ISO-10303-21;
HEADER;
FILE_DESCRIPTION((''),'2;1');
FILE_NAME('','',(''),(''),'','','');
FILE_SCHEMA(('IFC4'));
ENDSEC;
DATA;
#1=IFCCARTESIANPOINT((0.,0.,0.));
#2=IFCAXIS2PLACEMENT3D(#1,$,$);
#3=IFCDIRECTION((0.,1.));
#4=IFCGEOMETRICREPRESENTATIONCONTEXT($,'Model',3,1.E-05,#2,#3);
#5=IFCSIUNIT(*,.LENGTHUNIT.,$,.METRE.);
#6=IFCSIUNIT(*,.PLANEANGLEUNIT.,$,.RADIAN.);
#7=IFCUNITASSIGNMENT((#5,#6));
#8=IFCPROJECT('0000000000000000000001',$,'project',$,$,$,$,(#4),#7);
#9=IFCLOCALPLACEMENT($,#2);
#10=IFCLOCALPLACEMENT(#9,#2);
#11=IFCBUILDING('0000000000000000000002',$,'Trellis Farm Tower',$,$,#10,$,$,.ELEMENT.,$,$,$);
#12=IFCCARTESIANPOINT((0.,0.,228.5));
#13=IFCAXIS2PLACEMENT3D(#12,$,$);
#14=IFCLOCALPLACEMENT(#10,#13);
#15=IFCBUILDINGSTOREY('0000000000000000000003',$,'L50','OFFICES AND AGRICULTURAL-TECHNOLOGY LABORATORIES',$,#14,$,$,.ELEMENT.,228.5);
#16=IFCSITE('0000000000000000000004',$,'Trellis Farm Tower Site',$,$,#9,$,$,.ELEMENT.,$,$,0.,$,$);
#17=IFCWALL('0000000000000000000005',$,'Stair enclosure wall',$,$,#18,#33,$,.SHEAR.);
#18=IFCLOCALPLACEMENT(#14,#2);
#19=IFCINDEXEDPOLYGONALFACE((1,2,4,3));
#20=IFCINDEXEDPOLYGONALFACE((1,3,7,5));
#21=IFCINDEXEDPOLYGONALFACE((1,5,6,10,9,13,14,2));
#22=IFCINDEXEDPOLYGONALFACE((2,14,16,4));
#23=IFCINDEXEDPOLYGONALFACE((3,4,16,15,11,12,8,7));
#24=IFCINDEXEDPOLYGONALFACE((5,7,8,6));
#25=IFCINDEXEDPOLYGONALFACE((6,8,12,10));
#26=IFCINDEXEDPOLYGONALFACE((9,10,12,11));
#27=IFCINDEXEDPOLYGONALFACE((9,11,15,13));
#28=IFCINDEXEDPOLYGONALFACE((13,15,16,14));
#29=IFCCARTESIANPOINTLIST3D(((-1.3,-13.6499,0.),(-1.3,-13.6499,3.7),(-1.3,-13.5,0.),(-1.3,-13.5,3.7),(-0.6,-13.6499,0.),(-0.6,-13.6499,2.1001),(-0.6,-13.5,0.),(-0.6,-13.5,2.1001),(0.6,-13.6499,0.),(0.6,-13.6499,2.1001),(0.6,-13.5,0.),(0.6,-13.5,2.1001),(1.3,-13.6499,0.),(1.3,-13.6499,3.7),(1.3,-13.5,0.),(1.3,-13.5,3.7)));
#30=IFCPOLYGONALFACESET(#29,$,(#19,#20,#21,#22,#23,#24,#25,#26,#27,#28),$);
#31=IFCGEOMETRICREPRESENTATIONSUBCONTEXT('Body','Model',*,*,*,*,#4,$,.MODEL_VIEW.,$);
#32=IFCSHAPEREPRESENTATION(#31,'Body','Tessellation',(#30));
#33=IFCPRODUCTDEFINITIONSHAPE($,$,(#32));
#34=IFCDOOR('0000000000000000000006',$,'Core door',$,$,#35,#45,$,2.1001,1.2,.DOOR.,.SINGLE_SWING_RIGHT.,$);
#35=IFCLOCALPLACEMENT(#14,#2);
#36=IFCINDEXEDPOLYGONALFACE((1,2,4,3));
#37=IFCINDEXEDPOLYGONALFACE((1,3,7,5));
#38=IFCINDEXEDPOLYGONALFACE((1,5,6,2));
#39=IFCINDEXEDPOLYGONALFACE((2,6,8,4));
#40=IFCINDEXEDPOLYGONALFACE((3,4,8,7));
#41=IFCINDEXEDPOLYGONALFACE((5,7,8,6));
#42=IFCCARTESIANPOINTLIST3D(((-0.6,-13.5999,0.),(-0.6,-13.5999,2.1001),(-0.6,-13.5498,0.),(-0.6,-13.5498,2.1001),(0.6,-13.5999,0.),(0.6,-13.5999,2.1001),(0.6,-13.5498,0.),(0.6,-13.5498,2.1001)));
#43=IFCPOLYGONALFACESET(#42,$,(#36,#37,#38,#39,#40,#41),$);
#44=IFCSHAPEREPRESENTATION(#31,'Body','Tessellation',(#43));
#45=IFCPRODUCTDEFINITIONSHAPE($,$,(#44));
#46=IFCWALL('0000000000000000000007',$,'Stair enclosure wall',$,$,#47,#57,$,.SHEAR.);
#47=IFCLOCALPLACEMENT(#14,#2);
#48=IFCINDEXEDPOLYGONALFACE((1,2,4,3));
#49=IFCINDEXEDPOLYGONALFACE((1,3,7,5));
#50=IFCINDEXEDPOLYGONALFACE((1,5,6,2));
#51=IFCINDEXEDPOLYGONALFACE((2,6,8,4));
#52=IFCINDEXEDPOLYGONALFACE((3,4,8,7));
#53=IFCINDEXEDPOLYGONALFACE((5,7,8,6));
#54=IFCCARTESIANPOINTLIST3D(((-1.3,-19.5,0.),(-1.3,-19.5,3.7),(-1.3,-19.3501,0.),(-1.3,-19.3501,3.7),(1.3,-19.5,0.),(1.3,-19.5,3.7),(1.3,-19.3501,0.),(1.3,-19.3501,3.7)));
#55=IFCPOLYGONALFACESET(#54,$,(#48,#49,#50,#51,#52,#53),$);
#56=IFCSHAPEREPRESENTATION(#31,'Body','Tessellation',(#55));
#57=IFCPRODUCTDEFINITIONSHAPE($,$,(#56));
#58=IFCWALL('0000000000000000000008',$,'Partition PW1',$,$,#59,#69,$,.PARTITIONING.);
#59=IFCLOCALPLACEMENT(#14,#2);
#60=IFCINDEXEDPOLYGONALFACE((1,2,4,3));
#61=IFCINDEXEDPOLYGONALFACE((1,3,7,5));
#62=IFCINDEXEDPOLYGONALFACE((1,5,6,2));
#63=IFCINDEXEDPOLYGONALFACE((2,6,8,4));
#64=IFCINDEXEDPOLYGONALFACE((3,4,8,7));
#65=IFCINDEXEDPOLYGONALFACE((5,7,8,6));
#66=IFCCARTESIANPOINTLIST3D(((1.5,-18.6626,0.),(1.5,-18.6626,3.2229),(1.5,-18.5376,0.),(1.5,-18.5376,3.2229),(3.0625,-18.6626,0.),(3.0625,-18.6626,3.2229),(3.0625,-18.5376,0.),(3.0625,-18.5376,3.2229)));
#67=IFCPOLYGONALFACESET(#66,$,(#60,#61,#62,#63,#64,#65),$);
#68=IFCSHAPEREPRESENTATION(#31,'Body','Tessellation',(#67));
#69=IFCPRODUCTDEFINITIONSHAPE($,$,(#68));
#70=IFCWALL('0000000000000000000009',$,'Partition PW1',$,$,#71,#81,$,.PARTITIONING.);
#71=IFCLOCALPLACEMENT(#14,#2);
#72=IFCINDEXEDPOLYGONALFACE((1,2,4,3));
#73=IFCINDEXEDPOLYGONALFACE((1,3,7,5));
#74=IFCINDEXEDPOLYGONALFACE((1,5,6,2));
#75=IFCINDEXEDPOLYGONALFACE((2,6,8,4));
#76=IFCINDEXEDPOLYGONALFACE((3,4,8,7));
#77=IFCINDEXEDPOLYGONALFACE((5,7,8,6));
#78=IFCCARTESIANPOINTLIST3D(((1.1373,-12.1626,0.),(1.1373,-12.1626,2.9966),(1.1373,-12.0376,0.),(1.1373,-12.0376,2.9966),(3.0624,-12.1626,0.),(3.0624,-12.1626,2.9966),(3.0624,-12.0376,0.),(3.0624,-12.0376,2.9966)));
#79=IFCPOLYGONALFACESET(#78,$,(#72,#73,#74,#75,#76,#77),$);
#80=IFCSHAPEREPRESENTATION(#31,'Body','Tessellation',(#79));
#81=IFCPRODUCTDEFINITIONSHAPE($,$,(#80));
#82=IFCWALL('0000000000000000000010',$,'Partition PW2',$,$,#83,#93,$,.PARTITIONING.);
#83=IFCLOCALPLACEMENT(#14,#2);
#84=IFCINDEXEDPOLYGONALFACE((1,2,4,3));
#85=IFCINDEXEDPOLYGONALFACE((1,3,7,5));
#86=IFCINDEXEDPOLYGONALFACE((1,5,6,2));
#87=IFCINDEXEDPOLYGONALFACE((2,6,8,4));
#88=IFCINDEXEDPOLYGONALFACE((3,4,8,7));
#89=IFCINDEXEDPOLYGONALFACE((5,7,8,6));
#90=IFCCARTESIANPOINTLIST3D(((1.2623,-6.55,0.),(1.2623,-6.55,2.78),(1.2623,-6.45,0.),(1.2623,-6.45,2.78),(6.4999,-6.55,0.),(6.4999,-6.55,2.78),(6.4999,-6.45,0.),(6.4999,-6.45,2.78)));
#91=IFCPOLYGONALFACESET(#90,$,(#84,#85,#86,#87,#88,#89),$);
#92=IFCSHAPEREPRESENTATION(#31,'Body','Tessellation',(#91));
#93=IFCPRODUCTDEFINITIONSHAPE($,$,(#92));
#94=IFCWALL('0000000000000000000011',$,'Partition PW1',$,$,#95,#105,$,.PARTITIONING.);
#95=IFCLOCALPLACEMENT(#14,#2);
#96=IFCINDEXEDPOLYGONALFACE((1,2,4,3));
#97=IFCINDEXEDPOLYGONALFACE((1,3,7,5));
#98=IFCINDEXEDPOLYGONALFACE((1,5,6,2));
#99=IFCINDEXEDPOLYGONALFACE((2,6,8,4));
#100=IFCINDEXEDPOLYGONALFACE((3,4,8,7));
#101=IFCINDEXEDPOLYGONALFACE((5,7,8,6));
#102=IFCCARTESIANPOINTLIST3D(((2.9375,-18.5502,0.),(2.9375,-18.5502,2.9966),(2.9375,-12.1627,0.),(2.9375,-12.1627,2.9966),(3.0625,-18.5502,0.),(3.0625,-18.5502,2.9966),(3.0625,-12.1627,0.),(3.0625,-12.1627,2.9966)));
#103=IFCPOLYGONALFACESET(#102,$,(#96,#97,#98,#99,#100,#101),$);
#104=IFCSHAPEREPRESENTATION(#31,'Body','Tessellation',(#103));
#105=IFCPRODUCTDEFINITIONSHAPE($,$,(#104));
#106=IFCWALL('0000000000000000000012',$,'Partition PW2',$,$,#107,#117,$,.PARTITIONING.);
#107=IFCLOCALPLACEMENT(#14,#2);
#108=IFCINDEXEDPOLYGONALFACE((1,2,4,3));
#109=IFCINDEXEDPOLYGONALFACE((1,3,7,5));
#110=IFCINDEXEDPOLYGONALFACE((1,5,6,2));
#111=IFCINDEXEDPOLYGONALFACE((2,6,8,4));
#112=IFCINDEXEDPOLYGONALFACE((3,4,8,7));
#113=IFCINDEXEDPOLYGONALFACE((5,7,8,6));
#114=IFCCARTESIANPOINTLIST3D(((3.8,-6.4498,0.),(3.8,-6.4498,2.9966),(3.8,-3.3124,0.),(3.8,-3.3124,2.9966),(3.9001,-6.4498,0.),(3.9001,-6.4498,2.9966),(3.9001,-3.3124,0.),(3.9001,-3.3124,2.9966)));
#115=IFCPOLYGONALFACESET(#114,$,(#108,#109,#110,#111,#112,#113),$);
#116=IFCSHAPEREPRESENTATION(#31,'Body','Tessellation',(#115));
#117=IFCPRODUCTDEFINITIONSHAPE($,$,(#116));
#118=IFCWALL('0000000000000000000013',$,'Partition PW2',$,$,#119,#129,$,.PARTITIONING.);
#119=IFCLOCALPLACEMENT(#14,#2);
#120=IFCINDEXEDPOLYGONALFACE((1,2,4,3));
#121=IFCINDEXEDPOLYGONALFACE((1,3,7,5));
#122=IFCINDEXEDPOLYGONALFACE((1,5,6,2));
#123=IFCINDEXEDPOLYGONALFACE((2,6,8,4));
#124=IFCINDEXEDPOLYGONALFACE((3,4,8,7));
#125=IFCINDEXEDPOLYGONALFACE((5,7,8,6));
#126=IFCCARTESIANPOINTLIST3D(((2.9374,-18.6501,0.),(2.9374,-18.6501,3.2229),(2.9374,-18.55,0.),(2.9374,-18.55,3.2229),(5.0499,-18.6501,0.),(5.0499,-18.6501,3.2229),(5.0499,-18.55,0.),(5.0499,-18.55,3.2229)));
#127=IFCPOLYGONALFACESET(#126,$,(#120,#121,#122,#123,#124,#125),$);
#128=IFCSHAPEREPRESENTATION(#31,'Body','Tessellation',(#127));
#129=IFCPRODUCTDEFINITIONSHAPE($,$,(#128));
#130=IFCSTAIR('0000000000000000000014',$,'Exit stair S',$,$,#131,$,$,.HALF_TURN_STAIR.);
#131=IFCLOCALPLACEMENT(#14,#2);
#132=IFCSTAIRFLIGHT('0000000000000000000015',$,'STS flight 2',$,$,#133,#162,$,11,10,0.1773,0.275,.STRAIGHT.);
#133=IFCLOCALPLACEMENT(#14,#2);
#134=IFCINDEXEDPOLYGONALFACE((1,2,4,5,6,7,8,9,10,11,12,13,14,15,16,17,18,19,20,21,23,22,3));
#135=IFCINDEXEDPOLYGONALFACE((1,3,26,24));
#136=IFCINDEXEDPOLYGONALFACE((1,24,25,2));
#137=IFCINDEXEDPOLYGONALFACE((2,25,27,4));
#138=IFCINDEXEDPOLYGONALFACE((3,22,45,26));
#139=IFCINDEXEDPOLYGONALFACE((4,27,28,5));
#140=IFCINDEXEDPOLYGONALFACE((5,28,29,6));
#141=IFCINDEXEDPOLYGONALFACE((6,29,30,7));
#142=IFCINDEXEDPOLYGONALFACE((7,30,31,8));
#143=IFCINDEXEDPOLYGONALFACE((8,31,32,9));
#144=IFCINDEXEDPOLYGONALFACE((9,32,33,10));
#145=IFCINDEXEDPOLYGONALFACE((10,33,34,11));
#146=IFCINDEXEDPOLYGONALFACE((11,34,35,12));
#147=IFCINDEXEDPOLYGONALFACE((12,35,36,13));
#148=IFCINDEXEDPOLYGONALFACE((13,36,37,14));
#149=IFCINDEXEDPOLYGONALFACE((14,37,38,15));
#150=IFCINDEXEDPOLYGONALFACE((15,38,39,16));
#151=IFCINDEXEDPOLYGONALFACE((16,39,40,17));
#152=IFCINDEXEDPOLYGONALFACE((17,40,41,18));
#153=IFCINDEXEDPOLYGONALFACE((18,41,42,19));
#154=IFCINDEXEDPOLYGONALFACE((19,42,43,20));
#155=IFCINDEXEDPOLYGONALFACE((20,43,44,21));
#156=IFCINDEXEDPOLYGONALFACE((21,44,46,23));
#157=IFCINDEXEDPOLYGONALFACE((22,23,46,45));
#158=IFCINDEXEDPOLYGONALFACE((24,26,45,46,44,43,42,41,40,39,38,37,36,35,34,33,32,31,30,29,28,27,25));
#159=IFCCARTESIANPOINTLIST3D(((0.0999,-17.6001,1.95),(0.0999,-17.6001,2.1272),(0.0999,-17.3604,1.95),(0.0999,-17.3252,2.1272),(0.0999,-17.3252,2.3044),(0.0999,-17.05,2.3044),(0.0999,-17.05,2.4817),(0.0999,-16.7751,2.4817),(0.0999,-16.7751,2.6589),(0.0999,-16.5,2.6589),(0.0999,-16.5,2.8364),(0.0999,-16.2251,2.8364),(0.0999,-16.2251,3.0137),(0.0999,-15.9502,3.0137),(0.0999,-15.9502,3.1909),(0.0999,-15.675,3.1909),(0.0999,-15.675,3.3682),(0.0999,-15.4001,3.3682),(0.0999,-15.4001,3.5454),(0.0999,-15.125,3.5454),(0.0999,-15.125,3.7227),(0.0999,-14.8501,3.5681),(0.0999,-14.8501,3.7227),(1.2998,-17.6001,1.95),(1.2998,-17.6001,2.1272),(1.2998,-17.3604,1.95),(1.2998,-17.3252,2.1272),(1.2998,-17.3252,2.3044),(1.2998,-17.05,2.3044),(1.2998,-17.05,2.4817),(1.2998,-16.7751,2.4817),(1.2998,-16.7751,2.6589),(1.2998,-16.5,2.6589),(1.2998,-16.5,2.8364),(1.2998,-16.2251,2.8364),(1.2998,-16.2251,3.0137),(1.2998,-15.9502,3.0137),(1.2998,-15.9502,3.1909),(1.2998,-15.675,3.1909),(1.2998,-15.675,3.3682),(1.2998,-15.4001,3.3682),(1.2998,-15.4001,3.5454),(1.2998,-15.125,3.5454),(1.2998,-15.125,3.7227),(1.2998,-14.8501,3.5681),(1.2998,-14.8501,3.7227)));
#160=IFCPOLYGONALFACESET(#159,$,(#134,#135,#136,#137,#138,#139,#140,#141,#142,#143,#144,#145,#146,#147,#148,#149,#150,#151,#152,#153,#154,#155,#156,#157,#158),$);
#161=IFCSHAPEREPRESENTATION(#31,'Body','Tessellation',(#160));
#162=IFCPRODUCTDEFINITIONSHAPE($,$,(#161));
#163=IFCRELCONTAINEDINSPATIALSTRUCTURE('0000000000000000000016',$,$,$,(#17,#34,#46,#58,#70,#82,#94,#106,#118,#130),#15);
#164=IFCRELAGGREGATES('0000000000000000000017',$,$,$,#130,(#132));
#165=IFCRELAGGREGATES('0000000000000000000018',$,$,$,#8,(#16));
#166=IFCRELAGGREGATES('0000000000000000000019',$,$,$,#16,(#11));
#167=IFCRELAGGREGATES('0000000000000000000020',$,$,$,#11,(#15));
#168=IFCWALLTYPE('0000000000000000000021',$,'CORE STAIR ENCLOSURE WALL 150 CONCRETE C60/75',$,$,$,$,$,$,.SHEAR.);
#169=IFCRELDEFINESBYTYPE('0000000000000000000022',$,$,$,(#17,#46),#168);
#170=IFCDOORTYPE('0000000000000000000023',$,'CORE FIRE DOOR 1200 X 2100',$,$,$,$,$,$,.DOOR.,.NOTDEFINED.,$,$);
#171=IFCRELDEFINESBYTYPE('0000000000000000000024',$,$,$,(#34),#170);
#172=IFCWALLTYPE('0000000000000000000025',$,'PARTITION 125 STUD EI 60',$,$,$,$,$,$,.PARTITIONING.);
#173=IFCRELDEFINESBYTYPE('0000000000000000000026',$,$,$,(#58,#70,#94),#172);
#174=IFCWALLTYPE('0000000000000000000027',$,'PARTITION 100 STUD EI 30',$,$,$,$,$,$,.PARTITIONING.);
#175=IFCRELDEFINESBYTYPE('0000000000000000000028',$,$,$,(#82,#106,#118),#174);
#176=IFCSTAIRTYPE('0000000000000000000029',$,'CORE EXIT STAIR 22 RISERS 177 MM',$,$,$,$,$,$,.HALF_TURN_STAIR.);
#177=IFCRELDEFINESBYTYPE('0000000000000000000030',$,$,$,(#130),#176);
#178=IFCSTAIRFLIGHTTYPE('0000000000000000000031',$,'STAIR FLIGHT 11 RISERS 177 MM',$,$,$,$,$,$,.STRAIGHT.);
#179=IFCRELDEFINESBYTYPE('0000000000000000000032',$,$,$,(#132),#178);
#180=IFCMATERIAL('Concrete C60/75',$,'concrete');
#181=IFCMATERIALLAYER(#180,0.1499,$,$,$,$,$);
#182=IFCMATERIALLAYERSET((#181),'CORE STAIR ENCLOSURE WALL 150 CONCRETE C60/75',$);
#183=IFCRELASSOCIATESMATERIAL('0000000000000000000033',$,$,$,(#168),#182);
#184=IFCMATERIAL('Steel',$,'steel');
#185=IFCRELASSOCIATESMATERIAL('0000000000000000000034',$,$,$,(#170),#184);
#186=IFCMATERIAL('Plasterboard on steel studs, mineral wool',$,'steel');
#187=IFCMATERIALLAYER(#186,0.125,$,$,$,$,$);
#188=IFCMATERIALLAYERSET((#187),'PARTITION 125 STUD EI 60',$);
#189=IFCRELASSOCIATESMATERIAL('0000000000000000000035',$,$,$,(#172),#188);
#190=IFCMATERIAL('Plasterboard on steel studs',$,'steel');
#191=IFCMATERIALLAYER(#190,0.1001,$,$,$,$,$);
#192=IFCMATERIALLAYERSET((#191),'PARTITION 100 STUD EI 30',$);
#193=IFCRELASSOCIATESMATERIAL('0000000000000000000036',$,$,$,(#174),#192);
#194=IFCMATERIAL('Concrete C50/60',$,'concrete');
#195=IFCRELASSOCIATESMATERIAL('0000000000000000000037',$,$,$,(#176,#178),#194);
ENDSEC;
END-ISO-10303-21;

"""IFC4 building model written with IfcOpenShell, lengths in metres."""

from ifc_helpers import new_model, si_unit, direction, frame, frame_2d, origin, place, context, subcontext, project, spatial, polyline, rectangle, outline, extrude, source, transform, mapped, material, layer, layer_set, type_object, element, fill, aggregate, save


model = new_model("IFC4")

# Units and contexts
model_context = context("Model", 3, precision=1e-05, world=origin(), true_north=direction((0.0, 1.0)))
body_context = subcontext(model_context, "Body", "Model", "MODEL_VIEW")
ifc_project = project(units=[si_unit("LENGTHUNIT", "METRE"), si_unit("PLANEANGLEUNIT", "RADIAN")], contexts=[model_context])

# Site, building, storey
site_placement = place(None, origin())
site = spatial("IfcSite", under=ifc_project, at=site_placement, Name="Trellis Farm Tower Site", CompositionType="ELEMENT", RefElevation=0.0)
building_placement = place(site_placement, origin())
building = spatial("IfcBuilding", under=site, at=building_placement, Name="Trellis Farm Tower", CompositionType="ELEMENT")
storey_placement = place(building_placement, frame((0.0, 0.0, 228.5)))
storey = spatial("IfcBuildingStorey", under=building, at=storey_placement, Name="L50", Description="OFFICES AND AGRICULTURAL-TECHNOLOGY LABORATORIES", CompositionType="ELEMENT", Elevation=228.5)

# Shared definitions
ifc_material_1 = material(Name="Concrete C60/75", Category="concrete")

# Shared definitions
placement = place(storey_placement, origin())

# Wall, opening, door
ifc_layer_1 = layer(ifc_material_1, 0.1499)
ifc_layer_set_1 = layer_set([ifc_layer_1], Name="CORE STAIR ENCLOSURE WALL 150 CONCRETE C60/75")
wall_type_1 = type_object("IfcWallType", Name="CORE STAIR ENCLOSURE WALL 150 CONCRETE C60/75", PredefinedType="SHEAR", material=ifc_layer_set_1)
shared_shape_1 = source(origin(), body_context, "Body", "SweptSolid", [
    extrude(rectangle(XDim=2.6001, YDim=0.1499, at=frame_2d((1.3, 0.0))), origin(), (0.0, 0.0, 1.0), 3.7),
])
wall_1_placement = place(storey_placement, frame((1.3, -13.575, 0.0), z_axis=(0.0, 0.0, 1.0), x_axis=(-1.0, 0.0, 0.0)))
wall_1 = element("IfcWall", 1, at=wall_1_placement, inside=storey, type_object=wall_type_1, Name="Stair enclosure wall", PredefinedType="SHEAR", context=body_context, shape_type="MappedRepresentation", body=[
    mapped(shared_shape_1, transform((0.0, 0.0, 0.0))),
])
shared_shape_2 = source(origin(), body_context, "Body", "SweptSolid", [
    extrude(rectangle(XDim=1.2, YDim=2.1001, at=frame_2d((0.6001, 1.05))), frame((0.0, 0.085, 0.0), z_axis=(0.0, -1.0, 0.0), x_axis=(1.0, 0.0, 0.0)), (0.0, 0.0, 1.0), 0.1699),
])
opening_placement = place(wall_1_placement, frame((0.7, 0.0, 0.0)))
opening = element("IfcOpeningElement", 2, at=opening_placement, cuts=wall_1, PredefinedType="OPENING", context=body_context, shape_type="MappedRepresentation", body=[
    mapped(shared_shape_2, transform((0.0, 0.0, 0.0))),
])
ifc_material_2 = material(Name="Steel", Category="steel")
door_type = type_object("IfcDoorType", Name="CORE FIRE DOOR 1200 X 2100", OperationType="NOTDEFINED", PredefinedType="DOOR", material=ifc_material_2)
shared_shape_3 = source(origin(), body_context, "Body", "SweptSolid", [
    extrude(rectangle(XDim=1.2, YDim=2.1001, at=frame_2d((0.6001, 1.05))), frame((0.0, 0.0249, 0.0), z_axis=(0.0, -1.0, 0.0), x_axis=(1.0, 0.0, 0.0)), (0.0, 0.0, 1.0), 0.05),
])
door_placement = place(opening_placement, origin())
door = element("IfcDoor", 3, at=door_placement, inside=storey, type_object=door_type, Name="Core door", OperationType="SINGLE_SWING_RIGHT", OverallHeight=2.1001, OverallWidth=1.2, PredefinedType="DOOR", context=body_context, shape_type="MappedRepresentation", body=[
    mapped(shared_shape_3, transform((0.0, 0.0, 0.0))),
])
fill(opening, door)

# Walls
wall_2_placement = place(storey_placement, frame((1.3, -19.425, 0.0), z_axis=(0.0, 0.0, 1.0), x_axis=(-1.0, 0.0, 0.0)))
element("IfcWall", 4, at=wall_2_placement, inside=storey, type_object=wall_type_1, Name="Stair enclosure wall", PredefinedType="SHEAR", context=body_context, shape_type="MappedRepresentation", body=[
    mapped(shared_shape_1, transform((0.0, 0.0, 0.0))),
])
ifc_material_3 = material(Name="Plasterboard on steel studs, mineral wool", Category="steel")
ifc_layer_2 = layer(ifc_material_3, 0.125)
ifc_layer_set_2 = layer_set([ifc_layer_2], Name="PARTITION 125 STUD EI 60")
wall_type_2 = type_object("IfcWallType", Name="PARTITION 125 STUD EI 60", PredefinedType="PARTITIONING", material=ifc_layer_set_2)
shared_shape_4 = source(origin(), body_context, "Body", "SweptSolid", [
    extrude(rectangle(XDim=1.5625, YDim=0.125, at=frame_2d((0.7812, 0.0))), origin(), (0.0, 0.0, 1.0), 3.2229),
])
wall_3_placement = place(storey_placement, frame((3.0625, -18.6001, 0.0), z_axis=(0.0, 0.0, 1.0), x_axis=(-1.0, 0.0, 0.0)))
element("IfcWall", 5, at=wall_3_placement, inside=storey, type_object=wall_type_2, Name="Partition PW1", PredefinedType="PARTITIONING", context=body_context, shape_type="MappedRepresentation", body=[
    mapped(shared_shape_4, transform((0.0, 0.0, 0.0))),
])
shared_shape_5 = source(origin(), body_context, "Body", "SweptSolid", [
    extrude(rectangle(XDim=1.925, YDim=0.125, at=frame_2d((0.9624, 0.0))), origin(), (0.0, 0.0, 1.0), 2.9966),
])
wall_4_placement = place(storey_placement, frame((1.1375, -12.1001, 0.0), z_axis=(0.0, 0.0, 1.0), x_axis=(1.0, 0.0, 0.0)))
element("IfcWall", 6, at=wall_4_placement, inside=storey, type_object=wall_type_2, Name="Partition PW1", PredefinedType="PARTITIONING", context=body_context, shape_type="MappedRepresentation", body=[
    mapped(shared_shape_5, transform((0.0, 0.0, 0.0))),
])
ifc_material_4 = material(Name="Plasterboard on steel studs", Category="steel")
ifc_layer_3 = layer(ifc_material_4, 0.1001)
ifc_layer_set_3 = layer_set([ifc_layer_3], Name="PARTITION 100 STUD EI 30")
wall_type_3 = type_object("IfcWallType", Name="PARTITION 100 STUD EI 30", PredefinedType="PARTITIONING", material=ifc_layer_set_3)
shared_shape_6 = source(origin(), body_context, "Body", "SweptSolid", [
    extrude(rectangle(XDim=5.2375, YDim=0.1001, at=frame_2d((2.6187, 0.0))), origin(), (0.0, 0.0, 1.0), 2.78),
])
wall_5_placement = place(storey_placement, frame((1.2625, -6.5, 0.0), z_axis=(0.0, 0.0, 1.0), x_axis=(1.0, 0.0, 0.0)))
element("IfcWall", 7, at=wall_5_placement, inside=storey, type_object=wall_type_3, Name="Partition PW2", PredefinedType="PARTITIONING", context=body_context, shape_type="MappedRepresentation", body=[
    mapped(shared_shape_6, transform((0.0, 0.0, 0.0))),
])
shared_shape_7 = source(origin(), body_context, "Body", "SweptSolid", [
    extrude(rectangle(XDim=6.3875, YDim=0.125, at=frame_2d((3.1938, 0.0))), origin(), (0.0, 0.0, 1.0), 2.9966),
])
wall_6_placement = place(storey_placement, frame((3.0, -12.1626, 0.0), z_axis=(0.0, 0.0, 1.0), x_axis=(0.0, -1.0, 0.0)))
element("IfcWall", 8, at=wall_6_placement, inside=storey, type_object=wall_type_2, Name="Partition PW1", PredefinedType="PARTITIONING", context=body_context, shape_type="MappedRepresentation", body=[
    mapped(shared_shape_7, transform((0.0, 0.0, 0.0))),
])
shared_shape_8 = source(origin(), body_context, "Body", "SweptSolid", [
    extrude(rectangle(XDim=3.1375, YDim=0.1001, at=frame_2d((1.5688, 0.0))), origin(), (0.0, 0.0, 1.0), 2.9966),
])
wall_7_placement = place(storey_placement, frame((3.8501, -6.45, 0.0), z_axis=(0.0, 0.0, 1.0), x_axis=(0.0, 1.0, 0.0)))
element("IfcWall", 9, at=wall_7_placement, inside=storey, type_object=wall_type_3, Name="Partition PW2", PredefinedType="PARTITIONING", context=body_context, shape_type="MappedRepresentation", body=[
    mapped(shared_shape_8, transform((0.0, 0.0, 0.0))),
])
shared_shape_9 = source(origin(), body_context, "Body", "SweptSolid", [
    extrude(rectangle(XDim=2.1125, YDim=0.1001, at=frame_2d((1.0562, 0.0))), origin(), (0.0, 0.0, 1.0), 3.2229),
])
wall_8_placement = place(storey_placement, frame((2.9375, -18.6001, 0.0), z_axis=(0.0, 0.0, 1.0), x_axis=(1.0, 0.0, 0.0)))
element("IfcWall", 10, at=wall_8_placement, inside=storey, type_object=wall_type_3, Name="Partition PW2", PredefinedType="PARTITIONING", context=body_context, shape_type="MappedRepresentation", body=[
    mapped(shared_shape_9, transform((0.0, 0.0, 0.0))),
])

# Stair, stair flight
ifc_material_5 = material(Name="Concrete C50/60", Category="concrete")
stair_type = type_object("IfcStairType", Name="CORE EXIT STAIR 22 RISERS 177 MM", PredefinedType="HALF_TURN_STAIR", material=ifc_material_5)
stair = element("IfcStair", 11, at=placement, inside=storey, type_object=stair_type, Name="Exit stair S", PredefinedType="HALF_TURN_STAIR")
stair_flight_type = type_object("IfcStairFlightType", Name="STAIR FLIGHT 11 RISERS 177 MM", PredefinedType="STRAIGHT", material=ifc_material_5)
shared_shape_10 = source(origin(), body_context, "Body", "SweptSolid", [
    extrude(outline(polyline([(0.0, 0.0), (0.0, 0.1772), (0.2749, 0.1772), (0.2749, 0.3545), (0.55, 0.3545), (0.55, 0.5317), (0.825, 0.5317), (0.825, 0.709), (1.1001, 0.709), (1.1001, 0.8865), (1.375, 0.8865), (1.375, 1.0637), (1.6499, 1.0637), (1.6499, 1.241), (1.925, 1.241), (1.925, 1.4182), (2.2, 1.4182), (2.2, 1.5955), (2.4751, 1.5955), (2.4751, 1.7727), (2.75, 1.7727), (2.75, 1.95), (2.75, 1.6182), (0.2397, 0.0), (0.0, 0.0)])), frame((0.0, 0.6001, 0.0), z_axis=(0.0, -1.0, 0.0), x_axis=(1.0, 0.0, 0.0)), (0.0, 0.0, 1.0), 1.2),
])
stair_flight_placement = place(storey_placement, frame((0.7, -17.6001, 1.95), z_axis=(0.0, 0.0, 1.0), x_axis=(0.0, 1.0, 0.0)))
stair_flight = element("IfcStairFlight", 12, at=stair_flight_placement, type_object=stair_flight_type, Name="STS flight 2", NumberOfRisers=11, NumberOfTreads=10, PredefinedType="STRAIGHT", RiserHeight=0.1773, TreadLength=0.275, context=body_context, shape_type="MappedRepresentation", body=[
    mapped(shared_shape_10, transform((0.0, 0.0, 0.0))),
])
aggregate(stair, [stair_flight])

save(model, "model.ifc")
